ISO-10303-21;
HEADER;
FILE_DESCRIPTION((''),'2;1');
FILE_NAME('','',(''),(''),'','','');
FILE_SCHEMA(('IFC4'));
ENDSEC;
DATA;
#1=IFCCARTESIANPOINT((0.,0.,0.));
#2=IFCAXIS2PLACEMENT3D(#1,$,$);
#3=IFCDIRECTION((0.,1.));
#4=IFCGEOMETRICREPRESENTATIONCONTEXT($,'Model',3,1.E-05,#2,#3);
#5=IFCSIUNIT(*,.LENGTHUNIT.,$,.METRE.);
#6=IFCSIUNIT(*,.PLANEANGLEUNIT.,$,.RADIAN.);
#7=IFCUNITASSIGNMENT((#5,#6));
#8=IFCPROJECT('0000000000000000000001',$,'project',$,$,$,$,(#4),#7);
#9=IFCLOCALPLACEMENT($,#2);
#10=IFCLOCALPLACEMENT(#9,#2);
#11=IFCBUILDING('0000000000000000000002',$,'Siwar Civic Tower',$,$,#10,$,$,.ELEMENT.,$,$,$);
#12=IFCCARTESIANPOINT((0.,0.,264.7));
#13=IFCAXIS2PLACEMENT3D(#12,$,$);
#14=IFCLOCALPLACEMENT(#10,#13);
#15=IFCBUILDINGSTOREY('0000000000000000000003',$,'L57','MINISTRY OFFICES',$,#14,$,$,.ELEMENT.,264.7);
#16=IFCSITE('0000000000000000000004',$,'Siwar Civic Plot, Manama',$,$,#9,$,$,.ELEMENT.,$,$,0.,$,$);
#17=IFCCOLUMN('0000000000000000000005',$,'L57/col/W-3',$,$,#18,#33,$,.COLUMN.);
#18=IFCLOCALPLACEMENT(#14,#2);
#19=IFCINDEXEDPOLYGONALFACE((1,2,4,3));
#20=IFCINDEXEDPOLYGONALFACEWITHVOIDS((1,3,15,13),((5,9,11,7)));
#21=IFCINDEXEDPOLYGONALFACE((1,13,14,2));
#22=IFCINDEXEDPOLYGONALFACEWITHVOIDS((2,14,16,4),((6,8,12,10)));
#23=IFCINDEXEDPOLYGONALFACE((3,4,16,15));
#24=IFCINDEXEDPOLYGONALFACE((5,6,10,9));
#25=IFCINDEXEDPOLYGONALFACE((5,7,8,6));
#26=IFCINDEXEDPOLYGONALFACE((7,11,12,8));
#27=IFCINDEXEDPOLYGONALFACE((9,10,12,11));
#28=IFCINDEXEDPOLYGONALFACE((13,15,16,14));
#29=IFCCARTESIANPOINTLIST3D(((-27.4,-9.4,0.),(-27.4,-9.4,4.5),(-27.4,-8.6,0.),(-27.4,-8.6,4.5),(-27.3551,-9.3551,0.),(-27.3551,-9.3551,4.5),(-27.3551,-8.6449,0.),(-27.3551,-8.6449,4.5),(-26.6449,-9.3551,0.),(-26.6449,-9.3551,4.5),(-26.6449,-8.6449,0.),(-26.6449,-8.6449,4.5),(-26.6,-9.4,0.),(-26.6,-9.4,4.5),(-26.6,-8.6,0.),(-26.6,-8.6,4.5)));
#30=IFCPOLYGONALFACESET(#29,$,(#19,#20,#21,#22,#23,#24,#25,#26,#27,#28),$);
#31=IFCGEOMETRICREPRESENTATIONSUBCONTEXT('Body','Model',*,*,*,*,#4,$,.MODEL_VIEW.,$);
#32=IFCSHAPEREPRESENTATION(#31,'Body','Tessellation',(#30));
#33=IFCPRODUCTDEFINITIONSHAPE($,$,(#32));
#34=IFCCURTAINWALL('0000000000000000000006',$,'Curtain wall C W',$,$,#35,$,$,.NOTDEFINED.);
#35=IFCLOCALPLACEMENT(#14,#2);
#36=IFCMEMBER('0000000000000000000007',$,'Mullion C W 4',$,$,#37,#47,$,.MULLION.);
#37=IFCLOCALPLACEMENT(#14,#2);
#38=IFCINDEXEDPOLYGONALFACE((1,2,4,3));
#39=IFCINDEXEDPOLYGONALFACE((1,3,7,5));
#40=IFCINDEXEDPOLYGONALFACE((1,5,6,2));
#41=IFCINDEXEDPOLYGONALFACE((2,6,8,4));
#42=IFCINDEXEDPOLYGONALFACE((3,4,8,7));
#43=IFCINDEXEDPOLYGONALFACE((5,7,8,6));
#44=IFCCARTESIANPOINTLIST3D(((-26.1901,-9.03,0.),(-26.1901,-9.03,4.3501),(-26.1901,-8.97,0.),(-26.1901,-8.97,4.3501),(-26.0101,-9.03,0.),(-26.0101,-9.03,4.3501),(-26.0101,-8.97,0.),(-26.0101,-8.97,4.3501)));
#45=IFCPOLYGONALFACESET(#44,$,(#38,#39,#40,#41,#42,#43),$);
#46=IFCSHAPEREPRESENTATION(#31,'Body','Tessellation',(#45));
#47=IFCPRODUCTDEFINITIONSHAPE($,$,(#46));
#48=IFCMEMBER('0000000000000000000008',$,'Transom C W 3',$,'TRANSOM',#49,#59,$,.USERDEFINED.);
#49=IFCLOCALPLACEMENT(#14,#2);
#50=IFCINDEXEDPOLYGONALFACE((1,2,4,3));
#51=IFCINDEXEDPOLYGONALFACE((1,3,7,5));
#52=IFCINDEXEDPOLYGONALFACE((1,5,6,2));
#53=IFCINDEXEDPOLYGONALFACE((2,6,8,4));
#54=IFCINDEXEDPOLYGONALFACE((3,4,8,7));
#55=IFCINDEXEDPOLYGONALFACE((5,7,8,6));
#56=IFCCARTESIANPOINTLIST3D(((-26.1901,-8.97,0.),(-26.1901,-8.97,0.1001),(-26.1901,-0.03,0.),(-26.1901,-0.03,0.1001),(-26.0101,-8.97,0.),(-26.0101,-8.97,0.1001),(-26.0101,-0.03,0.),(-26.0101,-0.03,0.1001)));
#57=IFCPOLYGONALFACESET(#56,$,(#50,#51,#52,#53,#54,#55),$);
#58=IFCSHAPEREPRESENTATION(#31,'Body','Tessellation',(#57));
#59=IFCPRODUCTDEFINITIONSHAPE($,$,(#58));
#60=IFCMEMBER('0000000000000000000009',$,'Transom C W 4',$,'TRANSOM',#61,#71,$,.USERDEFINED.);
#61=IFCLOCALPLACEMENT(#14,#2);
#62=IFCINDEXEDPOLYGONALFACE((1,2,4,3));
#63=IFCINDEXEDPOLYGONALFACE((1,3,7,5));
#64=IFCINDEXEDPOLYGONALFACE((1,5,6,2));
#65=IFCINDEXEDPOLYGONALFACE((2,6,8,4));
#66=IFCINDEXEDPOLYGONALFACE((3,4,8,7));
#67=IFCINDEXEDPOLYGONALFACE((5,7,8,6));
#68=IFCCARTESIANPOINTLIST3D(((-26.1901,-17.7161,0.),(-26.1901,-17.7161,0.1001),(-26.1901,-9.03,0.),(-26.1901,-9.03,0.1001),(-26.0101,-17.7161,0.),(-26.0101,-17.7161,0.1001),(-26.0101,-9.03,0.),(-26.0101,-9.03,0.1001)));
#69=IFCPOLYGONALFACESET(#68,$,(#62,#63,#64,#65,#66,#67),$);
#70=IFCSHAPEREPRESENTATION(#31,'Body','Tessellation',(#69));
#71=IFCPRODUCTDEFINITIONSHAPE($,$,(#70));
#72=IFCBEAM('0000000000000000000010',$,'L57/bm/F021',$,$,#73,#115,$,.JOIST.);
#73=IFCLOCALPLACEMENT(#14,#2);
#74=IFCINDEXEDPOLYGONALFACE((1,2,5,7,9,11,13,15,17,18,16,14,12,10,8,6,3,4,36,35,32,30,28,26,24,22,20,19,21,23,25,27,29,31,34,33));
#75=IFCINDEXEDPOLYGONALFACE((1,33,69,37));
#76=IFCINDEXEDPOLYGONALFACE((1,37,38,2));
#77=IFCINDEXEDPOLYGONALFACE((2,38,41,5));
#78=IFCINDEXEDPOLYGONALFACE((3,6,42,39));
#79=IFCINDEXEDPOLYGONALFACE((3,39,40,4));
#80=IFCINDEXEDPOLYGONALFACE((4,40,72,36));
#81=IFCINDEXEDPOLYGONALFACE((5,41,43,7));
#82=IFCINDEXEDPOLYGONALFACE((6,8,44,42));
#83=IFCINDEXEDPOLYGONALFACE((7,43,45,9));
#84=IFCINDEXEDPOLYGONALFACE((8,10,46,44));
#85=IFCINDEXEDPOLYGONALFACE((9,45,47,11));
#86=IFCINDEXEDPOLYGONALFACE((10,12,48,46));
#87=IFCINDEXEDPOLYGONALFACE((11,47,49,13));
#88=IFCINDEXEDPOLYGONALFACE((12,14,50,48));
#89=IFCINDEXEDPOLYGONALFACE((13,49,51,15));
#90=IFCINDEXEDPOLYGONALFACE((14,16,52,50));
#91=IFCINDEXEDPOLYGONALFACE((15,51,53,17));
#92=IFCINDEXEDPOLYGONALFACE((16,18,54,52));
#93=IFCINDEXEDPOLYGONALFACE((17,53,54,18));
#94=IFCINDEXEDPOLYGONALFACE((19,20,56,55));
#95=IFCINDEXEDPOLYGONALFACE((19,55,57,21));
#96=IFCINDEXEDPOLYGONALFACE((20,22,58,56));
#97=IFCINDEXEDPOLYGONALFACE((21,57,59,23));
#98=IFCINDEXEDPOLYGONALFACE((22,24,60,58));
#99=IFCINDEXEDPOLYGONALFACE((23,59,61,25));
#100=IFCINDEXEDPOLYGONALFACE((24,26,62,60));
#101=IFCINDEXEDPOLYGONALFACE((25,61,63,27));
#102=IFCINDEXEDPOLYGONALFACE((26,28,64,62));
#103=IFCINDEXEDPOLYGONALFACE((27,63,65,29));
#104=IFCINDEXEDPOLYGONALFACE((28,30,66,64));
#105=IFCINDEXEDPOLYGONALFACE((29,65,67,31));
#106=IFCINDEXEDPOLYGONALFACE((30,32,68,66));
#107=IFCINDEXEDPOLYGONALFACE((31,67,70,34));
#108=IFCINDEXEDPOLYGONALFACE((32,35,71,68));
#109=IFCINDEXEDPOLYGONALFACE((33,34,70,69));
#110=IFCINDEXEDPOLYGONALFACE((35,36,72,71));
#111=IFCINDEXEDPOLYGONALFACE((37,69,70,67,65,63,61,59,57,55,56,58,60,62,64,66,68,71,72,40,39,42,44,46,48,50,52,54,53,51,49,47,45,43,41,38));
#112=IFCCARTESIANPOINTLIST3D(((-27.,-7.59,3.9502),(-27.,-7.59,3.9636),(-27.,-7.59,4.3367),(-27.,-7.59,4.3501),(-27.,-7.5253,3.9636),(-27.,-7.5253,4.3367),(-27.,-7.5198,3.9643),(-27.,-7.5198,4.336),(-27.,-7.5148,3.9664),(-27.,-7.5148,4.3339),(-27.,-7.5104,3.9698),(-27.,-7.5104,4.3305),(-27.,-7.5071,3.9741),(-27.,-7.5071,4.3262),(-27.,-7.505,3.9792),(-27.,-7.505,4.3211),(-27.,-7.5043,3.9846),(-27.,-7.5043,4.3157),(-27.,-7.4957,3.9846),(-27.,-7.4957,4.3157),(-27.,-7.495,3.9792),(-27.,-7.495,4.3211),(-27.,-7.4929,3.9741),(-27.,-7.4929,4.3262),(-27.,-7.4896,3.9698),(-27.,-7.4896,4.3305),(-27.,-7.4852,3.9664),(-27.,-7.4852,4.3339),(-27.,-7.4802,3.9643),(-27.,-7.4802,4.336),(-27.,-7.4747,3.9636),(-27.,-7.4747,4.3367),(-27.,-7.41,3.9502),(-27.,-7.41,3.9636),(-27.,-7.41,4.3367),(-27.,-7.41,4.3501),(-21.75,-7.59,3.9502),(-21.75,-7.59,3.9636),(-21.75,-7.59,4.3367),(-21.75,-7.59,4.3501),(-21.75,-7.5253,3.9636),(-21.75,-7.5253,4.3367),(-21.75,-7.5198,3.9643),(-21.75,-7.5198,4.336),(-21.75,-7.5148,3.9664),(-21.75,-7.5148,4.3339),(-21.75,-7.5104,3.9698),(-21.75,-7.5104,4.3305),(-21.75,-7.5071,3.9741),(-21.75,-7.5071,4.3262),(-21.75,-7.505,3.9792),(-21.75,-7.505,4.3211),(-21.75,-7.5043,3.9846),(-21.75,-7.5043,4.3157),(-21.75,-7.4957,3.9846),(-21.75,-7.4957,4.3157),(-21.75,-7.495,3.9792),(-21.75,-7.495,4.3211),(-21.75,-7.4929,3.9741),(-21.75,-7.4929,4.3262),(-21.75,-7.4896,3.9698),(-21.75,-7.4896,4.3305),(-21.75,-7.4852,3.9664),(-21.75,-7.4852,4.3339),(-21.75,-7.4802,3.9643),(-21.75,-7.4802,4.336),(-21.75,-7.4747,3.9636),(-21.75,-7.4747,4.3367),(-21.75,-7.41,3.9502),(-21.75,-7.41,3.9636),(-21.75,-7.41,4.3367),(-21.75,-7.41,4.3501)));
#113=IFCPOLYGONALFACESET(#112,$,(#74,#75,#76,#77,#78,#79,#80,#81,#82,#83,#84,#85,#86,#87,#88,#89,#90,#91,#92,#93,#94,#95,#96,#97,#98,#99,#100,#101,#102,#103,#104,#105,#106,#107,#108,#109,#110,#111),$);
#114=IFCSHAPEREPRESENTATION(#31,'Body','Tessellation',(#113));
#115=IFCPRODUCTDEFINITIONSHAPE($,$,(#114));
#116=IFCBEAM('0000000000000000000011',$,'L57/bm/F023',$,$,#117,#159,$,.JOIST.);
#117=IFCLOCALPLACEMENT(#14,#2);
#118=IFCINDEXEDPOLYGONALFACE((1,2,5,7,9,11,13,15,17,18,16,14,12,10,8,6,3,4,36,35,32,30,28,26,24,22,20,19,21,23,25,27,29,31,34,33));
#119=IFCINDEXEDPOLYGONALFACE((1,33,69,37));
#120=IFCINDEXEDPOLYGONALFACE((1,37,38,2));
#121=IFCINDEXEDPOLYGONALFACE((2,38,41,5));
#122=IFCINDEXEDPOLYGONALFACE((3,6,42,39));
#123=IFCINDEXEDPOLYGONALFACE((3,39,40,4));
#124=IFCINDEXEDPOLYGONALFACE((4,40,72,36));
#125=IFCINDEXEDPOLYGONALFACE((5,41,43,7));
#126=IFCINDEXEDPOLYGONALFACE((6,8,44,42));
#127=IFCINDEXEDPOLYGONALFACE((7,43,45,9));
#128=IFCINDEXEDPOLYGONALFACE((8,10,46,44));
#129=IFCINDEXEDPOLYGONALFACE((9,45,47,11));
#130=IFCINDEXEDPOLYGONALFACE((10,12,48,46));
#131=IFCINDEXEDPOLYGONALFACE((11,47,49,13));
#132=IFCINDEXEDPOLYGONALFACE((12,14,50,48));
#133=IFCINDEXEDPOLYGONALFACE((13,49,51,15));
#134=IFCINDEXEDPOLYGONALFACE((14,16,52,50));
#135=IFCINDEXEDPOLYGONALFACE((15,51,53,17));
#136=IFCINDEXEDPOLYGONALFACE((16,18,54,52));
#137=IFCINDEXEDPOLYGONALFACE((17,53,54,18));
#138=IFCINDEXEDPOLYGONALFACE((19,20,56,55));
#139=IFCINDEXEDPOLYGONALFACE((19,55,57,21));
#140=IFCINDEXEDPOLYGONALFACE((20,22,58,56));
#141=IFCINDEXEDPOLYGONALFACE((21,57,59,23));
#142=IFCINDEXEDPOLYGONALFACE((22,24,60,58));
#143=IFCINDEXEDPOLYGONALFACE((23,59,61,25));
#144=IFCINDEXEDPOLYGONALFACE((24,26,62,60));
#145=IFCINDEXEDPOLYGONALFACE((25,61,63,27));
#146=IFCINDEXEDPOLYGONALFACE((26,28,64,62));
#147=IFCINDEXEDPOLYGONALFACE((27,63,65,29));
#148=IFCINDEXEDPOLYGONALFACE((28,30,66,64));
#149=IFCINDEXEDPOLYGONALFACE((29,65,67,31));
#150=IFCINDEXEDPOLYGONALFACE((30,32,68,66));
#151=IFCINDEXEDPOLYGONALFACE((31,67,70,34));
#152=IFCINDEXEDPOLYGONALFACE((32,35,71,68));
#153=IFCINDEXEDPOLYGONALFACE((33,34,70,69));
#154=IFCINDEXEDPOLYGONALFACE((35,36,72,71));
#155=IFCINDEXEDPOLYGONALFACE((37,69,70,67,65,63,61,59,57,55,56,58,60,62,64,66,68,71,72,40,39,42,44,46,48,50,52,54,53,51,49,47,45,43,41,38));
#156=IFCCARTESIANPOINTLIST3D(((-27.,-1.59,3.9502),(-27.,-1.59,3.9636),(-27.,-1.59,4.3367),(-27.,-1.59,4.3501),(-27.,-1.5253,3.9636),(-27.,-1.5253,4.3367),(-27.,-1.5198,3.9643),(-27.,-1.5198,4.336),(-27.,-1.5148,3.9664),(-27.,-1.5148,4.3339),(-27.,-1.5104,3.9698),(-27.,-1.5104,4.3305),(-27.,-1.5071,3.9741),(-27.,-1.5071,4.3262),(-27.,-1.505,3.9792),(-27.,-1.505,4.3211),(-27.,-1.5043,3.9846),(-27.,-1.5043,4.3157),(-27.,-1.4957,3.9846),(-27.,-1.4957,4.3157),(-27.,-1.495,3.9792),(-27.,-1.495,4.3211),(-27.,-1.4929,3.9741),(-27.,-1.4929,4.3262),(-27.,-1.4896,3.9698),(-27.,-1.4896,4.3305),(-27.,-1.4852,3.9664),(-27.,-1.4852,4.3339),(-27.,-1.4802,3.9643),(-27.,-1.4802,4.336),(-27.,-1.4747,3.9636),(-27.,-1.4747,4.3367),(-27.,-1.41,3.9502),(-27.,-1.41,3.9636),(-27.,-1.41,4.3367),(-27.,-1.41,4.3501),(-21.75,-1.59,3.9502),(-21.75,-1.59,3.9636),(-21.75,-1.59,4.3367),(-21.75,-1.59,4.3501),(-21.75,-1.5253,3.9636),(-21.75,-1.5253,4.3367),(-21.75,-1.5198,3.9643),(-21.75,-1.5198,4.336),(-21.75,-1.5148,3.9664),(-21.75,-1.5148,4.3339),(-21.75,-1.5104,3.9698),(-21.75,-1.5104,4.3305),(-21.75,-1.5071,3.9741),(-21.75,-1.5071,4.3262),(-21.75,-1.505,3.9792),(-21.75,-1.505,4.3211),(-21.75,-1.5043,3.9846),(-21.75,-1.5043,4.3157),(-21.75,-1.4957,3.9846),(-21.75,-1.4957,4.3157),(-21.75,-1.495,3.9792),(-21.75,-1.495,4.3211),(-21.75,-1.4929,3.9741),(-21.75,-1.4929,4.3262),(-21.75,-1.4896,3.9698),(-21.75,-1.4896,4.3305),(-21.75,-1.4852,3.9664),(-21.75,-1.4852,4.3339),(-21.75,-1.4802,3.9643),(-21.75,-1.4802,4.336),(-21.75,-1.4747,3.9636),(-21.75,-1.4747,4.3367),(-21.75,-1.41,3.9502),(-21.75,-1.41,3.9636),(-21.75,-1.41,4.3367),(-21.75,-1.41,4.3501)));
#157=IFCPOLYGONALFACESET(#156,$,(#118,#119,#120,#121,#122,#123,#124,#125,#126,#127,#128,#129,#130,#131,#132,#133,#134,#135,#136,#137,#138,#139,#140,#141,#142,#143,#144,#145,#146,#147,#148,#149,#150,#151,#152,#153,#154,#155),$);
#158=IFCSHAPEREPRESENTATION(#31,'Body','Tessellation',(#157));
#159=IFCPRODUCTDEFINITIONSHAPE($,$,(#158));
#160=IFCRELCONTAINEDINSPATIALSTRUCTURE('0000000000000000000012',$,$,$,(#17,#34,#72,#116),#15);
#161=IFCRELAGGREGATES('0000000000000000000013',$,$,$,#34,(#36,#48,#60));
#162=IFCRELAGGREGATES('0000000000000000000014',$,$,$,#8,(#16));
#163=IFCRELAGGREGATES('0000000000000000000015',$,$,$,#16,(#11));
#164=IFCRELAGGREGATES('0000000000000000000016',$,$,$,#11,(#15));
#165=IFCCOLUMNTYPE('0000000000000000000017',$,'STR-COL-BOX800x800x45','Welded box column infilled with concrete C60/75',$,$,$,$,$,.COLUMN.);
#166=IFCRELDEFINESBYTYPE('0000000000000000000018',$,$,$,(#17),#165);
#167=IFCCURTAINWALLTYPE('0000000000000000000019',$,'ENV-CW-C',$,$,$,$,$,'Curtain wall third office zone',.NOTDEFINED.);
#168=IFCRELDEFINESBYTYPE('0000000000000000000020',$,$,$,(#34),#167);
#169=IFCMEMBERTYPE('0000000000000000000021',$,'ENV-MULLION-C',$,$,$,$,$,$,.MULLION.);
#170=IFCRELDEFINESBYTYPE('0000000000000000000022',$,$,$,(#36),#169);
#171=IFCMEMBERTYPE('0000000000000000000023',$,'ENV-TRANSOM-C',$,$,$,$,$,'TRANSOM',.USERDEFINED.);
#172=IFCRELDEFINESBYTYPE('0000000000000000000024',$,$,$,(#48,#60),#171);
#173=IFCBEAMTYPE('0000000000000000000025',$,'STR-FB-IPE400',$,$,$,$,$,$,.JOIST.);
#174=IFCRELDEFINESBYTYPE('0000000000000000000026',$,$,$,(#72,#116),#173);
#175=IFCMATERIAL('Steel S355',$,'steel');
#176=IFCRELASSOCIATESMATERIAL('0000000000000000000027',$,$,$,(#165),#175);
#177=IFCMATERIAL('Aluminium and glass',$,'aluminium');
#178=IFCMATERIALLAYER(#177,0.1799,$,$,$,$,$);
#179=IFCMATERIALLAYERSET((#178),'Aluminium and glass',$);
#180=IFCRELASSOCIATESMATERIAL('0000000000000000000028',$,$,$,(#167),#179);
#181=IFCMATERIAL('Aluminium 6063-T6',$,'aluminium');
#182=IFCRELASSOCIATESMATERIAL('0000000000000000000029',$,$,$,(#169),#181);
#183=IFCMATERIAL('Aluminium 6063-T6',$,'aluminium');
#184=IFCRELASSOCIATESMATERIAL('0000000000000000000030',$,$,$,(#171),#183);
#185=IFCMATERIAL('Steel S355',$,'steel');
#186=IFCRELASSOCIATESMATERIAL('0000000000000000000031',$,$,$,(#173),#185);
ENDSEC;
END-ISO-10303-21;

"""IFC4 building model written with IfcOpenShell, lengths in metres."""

from ifc_helpers import new_model, si_unit, direction, frame, origin, origin_2d, place, context, subcontext, project, spatial, rectangle, hollow_rectangle, i_section, extrude, material, layer, layer_set, material_profile, profile_set, type_object, element, aggregate, save


model = new_model("IFC4")

# Units and contexts
model_context = context("Model", 3, precision=1e-05, world=origin(), true_north=direction((0.0, 1.0)))
body_context = subcontext(model_context, "Body", "Model", "MODEL_VIEW")
ifc_project = project(units=[si_unit("LENGTHUNIT", "METRE"), si_unit("PLANEANGLEUNIT", "RADIAN")], contexts=[model_context])

# Site, building, storey
site_placement = place(None, origin())
site = spatial("IfcSite", under=ifc_project, at=site_placement, Name="Siwar Civic Plot, Manama", CompositionType="ELEMENT", RefElevation=0.0)
building_placement = place(site_placement, origin())
building = spatial("IfcBuilding", under=site, at=building_placement, Name="Siwar Civic Tower", CompositionType="ELEMENT")
storey_placement = place(building_placement, frame((0.0, 0.0, 264.7)))
storey = spatial("IfcBuildingStorey", under=building, at=storey_placement, Name="L57", Description="MINISTRY OFFICES", CompositionType="ELEMENT", Elevation=264.7)

# Column
ifc_material_1 = material(Name="Steel S355", Category="steel")
ifc_material_profile_1 = material_profile(ifc_material_1, hollow_rectangle(XDim=0.8, YDim=0.8, WallThickness=0.0449, at=origin_2d()), Name="BOX800x800x45")
ifc_profile_set_1 = profile_set([ifc_material_profile_1], Name="Steel S355")
column_type = type_object("IfcColumnType", Name="STR-COL-BOX800x800x45", Description="Welded box column infilled with concrete C60/75", PredefinedType="COLUMN", material=ifc_profile_set_1)
column_placement = place(storey_placement, frame((-27.0, -9.0, 0.0), z_axis=(0.0, 0.0, 1.0), x_axis=(1.0, 0.0, 0.0)))
element("IfcColumn", 1, at=column_placement, inside=storey, type_object=column_type, Name="L57/col/W-3", PredefinedType="COLUMN", context=body_context, shape_type="SweptSolid", body=[
    extrude(hollow_rectangle(XDim=0.8, YDim=0.8, WallThickness=0.0449, at=origin_2d()), origin(), (0.0, 0.0, 1.0), 4.5),
])

# Curtain wall, members
ifc_material_2 = material(Name="Aluminium and glass", Category="aluminium")
ifc_layer_1 = layer(ifc_material_2, 0.1799)
ifc_layer_set_1 = layer_set([ifc_layer_1], Name="Aluminium and glass")
curtain_wall_type = type_object("IfcCurtainWallType", Name="ENV-CW-C", ElementType="Curtain wall third office zone", PredefinedType="NOTDEFINED", material=ifc_layer_set_1)
curtain_wall_placement = place(storey_placement, origin())
curtain_wall = element("IfcCurtainWall", 2, at=curtain_wall_placement, inside=storey, type_object=curtain_wall_type, Name="Curtain wall C W", PredefinedType="NOTDEFINED")
ifc_material_3 = material(Name="Aluminium 6063-T6", Category="aluminium")
ifc_material_profile_2 = material_profile(ifc_material_3, rectangle(XDim=0.1799, YDim=0.0601, at=origin_2d()), Name="AL 180x60")
ifc_profile_set_2 = profile_set([ifc_material_profile_2], Name="Aluminium 6063-T6")
member_type_1 = type_object("IfcMemberType", Name="ENV-MULLION-C", PredefinedType="MULLION", material=ifc_profile_set_2)
member_1_placement = place(storey_placement, frame((-26.1001, -9.0, 0.0), z_axis=(0.0, 0.0, 1.0), x_axis=(1.0, 0.0, 0.0)))
member_1 = element("IfcMember", 3, at=member_1_placement, type_object=member_type_1, Name="Mullion C W 4", PredefinedType="MULLION", context=body_context, shape_type="SweptSolid", body=[
    extrude(rectangle(XDim=0.1799, YDim=0.0601, at=origin_2d()), origin(), (0.0, 0.0, 1.0), 4.3501),
])
ifc_material_4 = material(Name="Aluminium 6063-T6", Category="aluminium")
ifc_material_profile_3 = material_profile(ifc_material_4, rectangle(XDim=0.1799, YDim=0.1001, at=origin_2d()), Name="AL 180x100")
ifc_profile_set_3 = profile_set([ifc_material_profile_3], Name="Aluminium 6063-T6")
member_type_2 = type_object("IfcMemberType", Name="ENV-TRANSOM-C", ElementType="TRANSOM", PredefinedType="USERDEFINED", material=ifc_profile_set_3)
member_2_placement = place(storey_placement, frame((-26.1001, -0.03, 0.05), z_axis=(0.0, -1.0, 0.0), x_axis=(1.0, 0.0, 0.0)))
member_2 = element("IfcMember", 4, at=member_2_placement, type_object=member_type_2, Name="Transom C W 3", ObjectType="TRANSOM", PredefinedType="USERDEFINED", context=body_context, shape_type="SweptSolid", body=[
    extrude(rectangle(XDim=0.1799, YDim=0.1001, at=origin_2d()), origin(), (0.0, 0.0, 1.0), 8.9399),
])
member_3_placement = place(storey_placement, frame((-26.1001, -9.03, 0.05), z_axis=(0.0, -1.0, 0.0), x_axis=(1.0, 0.0, 0.0)))
member_3 = element("IfcMember", 5, at=member_3_placement, type_object=member_type_2, Name="Transom C W 4", ObjectType="TRANSOM", PredefinedType="USERDEFINED", context=body_context, shape_type="SweptSolid", body=[
    extrude(rectangle(XDim=0.1799, YDim=0.1001, at=origin_2d()), origin(), (0.0, 0.0, 1.0), 8.686),
])

# Beams
ifc_material_5 = material(Name="Steel S355", Category="steel")
ifc_material_profile_4 = material_profile(ifc_material_5, i_section(OverallWidth=0.1799, OverallDepth=0.3999, WebThickness=0.0085, FlangeThickness=0.0134, FilletRadius=0.021, at=origin_2d()), Name="IPE400")
ifc_profile_set_4 = profile_set([ifc_material_profile_4], Name="Steel S355")
beam_type_1 = type_object("IfcBeamType", Name="STR-FB-IPE400", PredefinedType="JOIST", material=ifc_profile_set_4)
for number, where, z_axis, x_axis, name in (
    (6, (-27.0, -7.5, 4.1501), (1.0, 0.0, 0.0), (0.0, 1.0, 0.0), "L57/bm/F021"),
    (7, (-27.0, -1.5, 4.1501), (1.0, 0.0, 0.0), (0.0, 1.0, 0.0), "L57/bm/F023"),
):
    element("IfcBeam", number, at=place(storey_placement, frame(where, z_axis=z_axis, x_axis=x_axis)), inside=storey, type_object=beam_type_1, Name=name, PredefinedType="JOIST", context=body_context, shape_type="SweptSolid", body=[
        extrude(i_section(OverallWidth=0.1799, OverallDepth=0.3999, WebThickness=0.0085, FlangeThickness=0.0134, FilletRadius=0.021, at=origin_2d()), origin(), (0.0, 0.0, 1.0), 5.25),
    ])

aggregate(curtain_wall, [member_1, member_2, member_3])

save(model, "model.ifc")
